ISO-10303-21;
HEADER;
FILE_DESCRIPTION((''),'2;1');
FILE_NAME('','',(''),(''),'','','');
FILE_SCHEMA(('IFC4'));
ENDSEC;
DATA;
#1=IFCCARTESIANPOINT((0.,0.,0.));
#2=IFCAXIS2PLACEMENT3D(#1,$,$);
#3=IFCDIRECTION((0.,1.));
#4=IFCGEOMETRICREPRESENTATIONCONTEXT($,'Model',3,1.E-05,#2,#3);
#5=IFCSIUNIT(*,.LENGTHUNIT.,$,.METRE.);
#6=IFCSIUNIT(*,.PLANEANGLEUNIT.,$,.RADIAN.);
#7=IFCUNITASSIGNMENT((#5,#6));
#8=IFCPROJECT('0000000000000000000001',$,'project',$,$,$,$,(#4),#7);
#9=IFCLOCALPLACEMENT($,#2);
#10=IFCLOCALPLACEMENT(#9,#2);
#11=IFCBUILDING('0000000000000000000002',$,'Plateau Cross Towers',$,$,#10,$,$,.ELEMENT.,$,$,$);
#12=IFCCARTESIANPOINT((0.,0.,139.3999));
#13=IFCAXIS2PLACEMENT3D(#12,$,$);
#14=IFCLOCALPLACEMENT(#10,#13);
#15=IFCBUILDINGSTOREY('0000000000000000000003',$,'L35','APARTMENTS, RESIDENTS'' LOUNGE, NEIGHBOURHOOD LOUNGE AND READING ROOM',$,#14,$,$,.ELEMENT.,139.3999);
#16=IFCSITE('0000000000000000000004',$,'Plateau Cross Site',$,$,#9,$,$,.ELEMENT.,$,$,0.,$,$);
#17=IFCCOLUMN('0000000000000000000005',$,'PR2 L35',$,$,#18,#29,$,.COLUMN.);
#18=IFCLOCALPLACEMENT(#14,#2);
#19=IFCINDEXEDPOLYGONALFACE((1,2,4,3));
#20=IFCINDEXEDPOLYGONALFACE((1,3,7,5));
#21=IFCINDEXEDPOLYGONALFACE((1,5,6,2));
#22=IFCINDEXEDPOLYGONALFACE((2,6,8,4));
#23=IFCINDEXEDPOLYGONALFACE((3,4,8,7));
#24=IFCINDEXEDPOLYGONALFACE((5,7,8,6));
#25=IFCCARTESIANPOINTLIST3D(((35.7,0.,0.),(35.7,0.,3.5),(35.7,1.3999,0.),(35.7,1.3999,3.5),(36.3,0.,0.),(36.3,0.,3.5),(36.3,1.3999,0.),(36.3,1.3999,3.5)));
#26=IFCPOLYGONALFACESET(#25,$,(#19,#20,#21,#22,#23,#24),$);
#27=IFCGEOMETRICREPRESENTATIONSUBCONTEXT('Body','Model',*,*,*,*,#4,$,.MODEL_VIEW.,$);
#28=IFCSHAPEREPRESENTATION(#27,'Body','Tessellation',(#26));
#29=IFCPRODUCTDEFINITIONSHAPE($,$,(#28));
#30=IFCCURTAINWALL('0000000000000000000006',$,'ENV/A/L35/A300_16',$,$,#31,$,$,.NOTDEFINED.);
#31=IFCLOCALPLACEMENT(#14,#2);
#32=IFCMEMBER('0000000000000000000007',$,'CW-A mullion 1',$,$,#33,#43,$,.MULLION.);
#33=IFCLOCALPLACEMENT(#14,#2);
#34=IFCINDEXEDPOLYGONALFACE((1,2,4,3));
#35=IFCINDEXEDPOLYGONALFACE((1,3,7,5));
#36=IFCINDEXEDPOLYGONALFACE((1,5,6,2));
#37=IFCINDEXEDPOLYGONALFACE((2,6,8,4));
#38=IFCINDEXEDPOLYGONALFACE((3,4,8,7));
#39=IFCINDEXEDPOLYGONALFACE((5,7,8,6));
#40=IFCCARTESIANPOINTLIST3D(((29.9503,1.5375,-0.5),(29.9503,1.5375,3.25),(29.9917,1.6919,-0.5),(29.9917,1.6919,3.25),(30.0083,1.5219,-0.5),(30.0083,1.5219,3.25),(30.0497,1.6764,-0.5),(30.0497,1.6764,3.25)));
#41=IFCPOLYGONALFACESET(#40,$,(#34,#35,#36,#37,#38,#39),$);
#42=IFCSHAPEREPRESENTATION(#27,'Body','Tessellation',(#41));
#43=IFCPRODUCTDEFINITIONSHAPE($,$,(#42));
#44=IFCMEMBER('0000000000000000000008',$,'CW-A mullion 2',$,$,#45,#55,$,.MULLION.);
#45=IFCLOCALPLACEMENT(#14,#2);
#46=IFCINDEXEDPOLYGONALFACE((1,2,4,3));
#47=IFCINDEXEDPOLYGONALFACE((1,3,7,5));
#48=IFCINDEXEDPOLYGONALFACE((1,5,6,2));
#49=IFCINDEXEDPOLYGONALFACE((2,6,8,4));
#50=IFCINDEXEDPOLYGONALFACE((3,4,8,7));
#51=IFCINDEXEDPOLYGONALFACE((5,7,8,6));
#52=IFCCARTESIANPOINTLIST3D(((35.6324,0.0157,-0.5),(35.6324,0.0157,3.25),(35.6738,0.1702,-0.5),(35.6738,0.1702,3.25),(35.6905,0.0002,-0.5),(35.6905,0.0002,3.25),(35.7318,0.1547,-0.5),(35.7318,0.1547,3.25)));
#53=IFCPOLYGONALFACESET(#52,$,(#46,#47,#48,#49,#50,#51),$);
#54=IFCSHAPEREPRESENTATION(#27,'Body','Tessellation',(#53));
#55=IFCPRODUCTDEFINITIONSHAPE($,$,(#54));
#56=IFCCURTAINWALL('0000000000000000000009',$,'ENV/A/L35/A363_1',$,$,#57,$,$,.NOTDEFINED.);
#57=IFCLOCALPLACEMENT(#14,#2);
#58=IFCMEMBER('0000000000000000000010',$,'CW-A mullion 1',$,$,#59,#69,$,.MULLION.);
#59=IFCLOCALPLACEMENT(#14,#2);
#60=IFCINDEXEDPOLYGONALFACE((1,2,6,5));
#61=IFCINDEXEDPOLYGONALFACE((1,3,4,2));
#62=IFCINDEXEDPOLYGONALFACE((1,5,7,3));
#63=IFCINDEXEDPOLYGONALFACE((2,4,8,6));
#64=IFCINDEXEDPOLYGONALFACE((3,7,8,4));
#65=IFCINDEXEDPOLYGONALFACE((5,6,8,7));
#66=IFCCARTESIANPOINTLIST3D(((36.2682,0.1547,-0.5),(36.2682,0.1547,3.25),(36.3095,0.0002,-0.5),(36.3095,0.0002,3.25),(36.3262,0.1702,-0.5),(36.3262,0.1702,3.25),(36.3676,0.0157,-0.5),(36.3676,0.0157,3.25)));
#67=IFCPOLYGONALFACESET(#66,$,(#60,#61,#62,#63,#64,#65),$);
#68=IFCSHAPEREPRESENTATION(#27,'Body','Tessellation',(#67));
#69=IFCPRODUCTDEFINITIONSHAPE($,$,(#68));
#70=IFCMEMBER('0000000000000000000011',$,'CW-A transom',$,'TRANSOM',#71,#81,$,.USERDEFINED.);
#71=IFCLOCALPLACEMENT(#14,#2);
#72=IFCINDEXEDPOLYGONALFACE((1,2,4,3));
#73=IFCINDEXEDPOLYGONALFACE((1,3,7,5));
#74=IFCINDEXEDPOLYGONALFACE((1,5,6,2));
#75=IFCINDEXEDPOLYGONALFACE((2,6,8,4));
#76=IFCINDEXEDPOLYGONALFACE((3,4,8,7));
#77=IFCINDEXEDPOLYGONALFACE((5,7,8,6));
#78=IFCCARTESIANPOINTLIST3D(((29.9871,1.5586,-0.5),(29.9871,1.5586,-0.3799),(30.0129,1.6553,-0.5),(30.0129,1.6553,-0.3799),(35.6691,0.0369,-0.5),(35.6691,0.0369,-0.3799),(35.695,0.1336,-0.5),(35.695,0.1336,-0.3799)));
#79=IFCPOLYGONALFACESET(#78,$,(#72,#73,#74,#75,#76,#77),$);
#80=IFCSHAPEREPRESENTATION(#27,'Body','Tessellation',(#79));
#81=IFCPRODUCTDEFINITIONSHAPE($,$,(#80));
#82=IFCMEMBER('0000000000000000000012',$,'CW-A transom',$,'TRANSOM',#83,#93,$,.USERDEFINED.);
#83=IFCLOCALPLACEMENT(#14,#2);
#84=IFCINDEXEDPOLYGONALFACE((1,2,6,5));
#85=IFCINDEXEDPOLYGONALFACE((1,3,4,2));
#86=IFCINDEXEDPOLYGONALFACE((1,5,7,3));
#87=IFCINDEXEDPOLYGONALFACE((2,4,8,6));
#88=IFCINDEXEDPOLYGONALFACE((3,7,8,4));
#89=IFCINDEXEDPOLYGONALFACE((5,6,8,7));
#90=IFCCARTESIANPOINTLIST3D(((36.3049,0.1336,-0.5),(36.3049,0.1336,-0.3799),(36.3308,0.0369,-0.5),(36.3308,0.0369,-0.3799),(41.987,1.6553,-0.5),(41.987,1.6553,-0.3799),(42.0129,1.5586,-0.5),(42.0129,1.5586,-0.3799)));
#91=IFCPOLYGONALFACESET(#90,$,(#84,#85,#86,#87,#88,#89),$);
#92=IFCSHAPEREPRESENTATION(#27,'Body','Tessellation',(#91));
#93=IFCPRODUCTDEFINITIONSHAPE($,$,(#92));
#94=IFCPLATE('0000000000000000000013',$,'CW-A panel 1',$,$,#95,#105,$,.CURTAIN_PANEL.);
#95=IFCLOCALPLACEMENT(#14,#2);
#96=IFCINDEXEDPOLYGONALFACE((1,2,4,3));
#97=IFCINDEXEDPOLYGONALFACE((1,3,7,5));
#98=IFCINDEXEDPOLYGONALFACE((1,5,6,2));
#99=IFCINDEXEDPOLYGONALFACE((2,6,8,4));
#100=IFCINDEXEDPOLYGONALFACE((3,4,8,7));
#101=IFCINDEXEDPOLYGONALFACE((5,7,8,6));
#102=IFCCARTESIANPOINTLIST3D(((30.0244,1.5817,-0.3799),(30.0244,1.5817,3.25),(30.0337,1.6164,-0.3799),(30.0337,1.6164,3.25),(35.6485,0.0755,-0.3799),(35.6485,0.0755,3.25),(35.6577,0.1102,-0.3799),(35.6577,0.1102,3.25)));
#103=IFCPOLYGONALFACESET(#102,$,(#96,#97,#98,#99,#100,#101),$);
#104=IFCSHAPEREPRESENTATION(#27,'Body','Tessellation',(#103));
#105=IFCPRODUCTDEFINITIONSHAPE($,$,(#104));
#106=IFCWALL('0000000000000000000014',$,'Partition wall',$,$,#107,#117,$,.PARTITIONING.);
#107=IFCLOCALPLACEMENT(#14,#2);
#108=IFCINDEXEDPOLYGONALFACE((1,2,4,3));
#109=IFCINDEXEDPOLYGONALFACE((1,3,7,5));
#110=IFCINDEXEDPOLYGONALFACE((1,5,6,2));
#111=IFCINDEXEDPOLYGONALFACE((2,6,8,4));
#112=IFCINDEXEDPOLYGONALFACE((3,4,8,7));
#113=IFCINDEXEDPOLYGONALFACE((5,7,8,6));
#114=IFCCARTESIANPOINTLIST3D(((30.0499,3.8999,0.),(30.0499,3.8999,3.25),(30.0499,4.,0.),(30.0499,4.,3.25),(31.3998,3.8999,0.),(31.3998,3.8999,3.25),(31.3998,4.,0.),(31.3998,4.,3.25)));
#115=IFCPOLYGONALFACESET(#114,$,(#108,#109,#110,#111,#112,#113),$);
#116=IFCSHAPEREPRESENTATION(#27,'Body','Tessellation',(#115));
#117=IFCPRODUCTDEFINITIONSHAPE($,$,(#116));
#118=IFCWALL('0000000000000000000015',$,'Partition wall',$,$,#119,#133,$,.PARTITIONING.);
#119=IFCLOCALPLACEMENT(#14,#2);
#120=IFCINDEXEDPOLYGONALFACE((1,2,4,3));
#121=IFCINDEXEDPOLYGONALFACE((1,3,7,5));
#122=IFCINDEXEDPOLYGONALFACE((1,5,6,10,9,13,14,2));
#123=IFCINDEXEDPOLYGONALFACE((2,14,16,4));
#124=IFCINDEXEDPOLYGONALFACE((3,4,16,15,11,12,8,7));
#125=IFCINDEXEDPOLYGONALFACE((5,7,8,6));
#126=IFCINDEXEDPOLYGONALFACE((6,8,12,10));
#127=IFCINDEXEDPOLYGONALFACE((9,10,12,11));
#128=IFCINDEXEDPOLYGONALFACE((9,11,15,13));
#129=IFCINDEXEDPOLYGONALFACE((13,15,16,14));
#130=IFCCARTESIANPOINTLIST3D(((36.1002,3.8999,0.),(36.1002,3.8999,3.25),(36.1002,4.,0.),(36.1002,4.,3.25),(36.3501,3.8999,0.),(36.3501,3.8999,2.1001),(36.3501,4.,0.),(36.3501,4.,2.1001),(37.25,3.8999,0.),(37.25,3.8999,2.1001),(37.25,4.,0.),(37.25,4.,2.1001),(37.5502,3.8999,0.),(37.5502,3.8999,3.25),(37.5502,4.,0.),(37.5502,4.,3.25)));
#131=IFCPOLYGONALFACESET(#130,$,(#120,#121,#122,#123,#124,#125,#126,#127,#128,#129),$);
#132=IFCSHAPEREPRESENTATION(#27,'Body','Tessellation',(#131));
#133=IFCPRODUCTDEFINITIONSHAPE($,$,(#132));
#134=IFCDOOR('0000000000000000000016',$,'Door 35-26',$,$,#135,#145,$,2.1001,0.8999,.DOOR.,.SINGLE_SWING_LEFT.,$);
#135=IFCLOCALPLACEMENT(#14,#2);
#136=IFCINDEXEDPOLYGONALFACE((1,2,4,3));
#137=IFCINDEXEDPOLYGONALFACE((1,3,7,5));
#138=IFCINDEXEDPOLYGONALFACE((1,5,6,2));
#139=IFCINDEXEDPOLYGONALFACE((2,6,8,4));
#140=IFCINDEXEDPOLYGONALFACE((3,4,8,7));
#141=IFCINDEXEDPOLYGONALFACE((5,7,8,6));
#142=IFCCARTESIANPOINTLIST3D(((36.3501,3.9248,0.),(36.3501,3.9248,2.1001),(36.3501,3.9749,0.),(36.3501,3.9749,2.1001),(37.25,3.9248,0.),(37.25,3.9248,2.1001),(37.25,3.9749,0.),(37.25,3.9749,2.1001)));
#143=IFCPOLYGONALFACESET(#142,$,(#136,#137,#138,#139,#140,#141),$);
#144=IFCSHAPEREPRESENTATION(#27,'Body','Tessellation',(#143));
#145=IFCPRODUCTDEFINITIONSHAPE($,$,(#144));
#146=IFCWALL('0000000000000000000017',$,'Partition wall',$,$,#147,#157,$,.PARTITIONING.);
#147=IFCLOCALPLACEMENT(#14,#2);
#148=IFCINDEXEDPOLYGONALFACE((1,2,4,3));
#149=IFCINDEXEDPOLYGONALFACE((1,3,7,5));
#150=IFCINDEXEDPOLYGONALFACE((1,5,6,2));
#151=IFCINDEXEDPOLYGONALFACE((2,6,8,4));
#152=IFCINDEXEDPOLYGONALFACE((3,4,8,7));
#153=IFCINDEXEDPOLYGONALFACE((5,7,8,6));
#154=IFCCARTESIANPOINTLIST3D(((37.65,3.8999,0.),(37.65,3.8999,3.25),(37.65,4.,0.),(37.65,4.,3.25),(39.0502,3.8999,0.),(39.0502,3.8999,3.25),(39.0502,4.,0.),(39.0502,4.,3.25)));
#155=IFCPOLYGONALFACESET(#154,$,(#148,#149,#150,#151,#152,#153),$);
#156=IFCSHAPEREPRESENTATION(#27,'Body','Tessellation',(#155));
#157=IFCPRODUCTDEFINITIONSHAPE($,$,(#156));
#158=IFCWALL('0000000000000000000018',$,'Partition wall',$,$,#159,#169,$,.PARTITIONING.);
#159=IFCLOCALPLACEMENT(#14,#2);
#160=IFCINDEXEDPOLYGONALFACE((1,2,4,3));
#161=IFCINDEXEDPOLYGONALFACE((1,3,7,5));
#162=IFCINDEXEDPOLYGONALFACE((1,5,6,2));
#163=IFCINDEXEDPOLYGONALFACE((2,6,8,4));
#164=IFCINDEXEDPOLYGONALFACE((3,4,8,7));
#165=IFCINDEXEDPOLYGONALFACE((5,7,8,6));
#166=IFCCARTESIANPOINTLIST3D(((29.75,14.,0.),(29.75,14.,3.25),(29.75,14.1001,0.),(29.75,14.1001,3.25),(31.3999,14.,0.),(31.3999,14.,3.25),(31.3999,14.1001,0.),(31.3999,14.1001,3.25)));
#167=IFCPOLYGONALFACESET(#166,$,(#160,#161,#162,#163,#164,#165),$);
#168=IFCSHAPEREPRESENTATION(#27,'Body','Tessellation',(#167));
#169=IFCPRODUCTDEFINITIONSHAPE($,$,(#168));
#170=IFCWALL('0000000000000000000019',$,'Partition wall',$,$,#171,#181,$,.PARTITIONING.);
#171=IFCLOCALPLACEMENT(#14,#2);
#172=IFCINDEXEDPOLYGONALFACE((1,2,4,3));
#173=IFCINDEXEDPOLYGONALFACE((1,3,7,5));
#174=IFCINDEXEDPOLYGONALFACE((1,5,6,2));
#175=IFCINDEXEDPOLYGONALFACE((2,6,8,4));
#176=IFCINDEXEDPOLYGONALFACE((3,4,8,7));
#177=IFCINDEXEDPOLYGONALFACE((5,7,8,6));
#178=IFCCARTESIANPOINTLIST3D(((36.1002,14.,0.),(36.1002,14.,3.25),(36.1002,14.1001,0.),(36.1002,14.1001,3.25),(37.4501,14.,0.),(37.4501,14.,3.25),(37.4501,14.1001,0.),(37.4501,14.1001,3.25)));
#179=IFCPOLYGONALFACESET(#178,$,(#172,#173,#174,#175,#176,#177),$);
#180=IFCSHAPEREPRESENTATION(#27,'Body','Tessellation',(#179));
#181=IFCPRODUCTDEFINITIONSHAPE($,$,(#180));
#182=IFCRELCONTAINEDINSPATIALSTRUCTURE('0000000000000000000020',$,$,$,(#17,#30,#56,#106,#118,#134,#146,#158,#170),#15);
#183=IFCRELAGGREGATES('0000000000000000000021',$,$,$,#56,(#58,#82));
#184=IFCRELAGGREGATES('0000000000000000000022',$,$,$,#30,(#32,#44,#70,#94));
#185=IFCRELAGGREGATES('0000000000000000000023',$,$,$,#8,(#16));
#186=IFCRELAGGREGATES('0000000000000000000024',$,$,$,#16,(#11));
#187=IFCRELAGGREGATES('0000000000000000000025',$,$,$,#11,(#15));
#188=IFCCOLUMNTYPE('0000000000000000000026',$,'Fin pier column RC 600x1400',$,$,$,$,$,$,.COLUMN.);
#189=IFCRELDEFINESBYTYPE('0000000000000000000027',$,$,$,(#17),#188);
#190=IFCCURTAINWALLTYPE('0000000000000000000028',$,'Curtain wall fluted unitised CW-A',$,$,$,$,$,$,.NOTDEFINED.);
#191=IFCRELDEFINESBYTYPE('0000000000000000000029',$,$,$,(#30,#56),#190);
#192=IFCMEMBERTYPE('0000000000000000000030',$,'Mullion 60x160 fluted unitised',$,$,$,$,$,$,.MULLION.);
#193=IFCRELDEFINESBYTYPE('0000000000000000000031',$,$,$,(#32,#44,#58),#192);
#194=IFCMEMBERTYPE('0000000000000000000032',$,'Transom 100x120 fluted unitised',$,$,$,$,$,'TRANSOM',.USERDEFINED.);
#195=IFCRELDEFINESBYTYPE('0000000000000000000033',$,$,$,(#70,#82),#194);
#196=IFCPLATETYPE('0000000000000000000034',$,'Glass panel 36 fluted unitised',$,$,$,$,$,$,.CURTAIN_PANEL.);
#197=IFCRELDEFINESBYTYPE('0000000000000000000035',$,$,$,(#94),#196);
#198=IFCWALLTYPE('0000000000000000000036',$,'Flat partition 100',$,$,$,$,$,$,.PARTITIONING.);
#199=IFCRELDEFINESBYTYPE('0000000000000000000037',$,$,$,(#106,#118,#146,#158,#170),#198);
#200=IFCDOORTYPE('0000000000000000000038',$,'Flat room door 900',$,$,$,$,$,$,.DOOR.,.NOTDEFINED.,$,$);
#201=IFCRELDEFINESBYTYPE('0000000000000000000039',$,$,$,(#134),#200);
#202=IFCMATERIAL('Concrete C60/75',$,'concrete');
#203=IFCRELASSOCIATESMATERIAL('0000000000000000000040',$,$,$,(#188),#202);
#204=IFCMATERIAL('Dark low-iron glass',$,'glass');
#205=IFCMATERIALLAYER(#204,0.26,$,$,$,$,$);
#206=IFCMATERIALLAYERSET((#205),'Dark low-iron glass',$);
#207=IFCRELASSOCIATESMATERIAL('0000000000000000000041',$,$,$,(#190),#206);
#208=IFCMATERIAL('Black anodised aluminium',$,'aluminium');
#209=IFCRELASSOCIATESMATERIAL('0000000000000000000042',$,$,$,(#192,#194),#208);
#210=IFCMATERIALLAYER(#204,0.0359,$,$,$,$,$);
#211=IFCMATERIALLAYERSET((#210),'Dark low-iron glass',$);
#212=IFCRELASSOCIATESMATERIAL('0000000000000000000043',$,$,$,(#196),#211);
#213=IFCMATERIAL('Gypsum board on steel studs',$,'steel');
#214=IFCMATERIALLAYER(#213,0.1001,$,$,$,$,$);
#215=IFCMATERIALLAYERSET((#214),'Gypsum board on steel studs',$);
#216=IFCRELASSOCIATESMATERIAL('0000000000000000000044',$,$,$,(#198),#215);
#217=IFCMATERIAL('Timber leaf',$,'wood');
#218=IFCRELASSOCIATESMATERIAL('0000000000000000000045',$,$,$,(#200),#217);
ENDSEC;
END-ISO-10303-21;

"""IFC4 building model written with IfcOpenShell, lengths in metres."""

from ifc_helpers import new_model, si_unit, direction, frame, frame_2d, origin, origin_2d, place, context, subcontext, project, spatial, rectangle, extrude, material, layer, layer_set, material_profile, profile_set, type_object, element, fill, aggregate, save


model = new_model("IFC4")

# Units and contexts
model_context = context("Model", 3, precision=1e-05, world=origin(), true_north=direction((0.0, 1.0)))
body_context = subcontext(model_context, "Body", "Model", "MODEL_VIEW")
ifc_project = project(units=[si_unit("LENGTHUNIT", "METRE"), si_unit("PLANEANGLEUNIT", "RADIAN")], contexts=[model_context])

# Site, building, storey
site_placement = place(None, origin())
site = spatial("IfcSite", under=ifc_project, at=site_placement, Name="Plateau Cross Site", CompositionType="ELEMENT", RefElevation=0.0)
building_placement = place(site_placement, origin())
building = spatial("IfcBuilding", under=site, at=building_placement, Name="Plateau Cross Towers", CompositionType="ELEMENT")
storey_placement = place(building_placement, frame((0.0, 0.0, 139.3999)))
storey = spatial("IfcBuildingStorey", under=building, at=storey_placement, Name="L35", Description="APARTMENTS, RESIDENTS' LOUNGE, NEIGHBOURHOOD LOUNGE AND READING ROOM", CompositionType="ELEMENT", Elevation=139.3999)

# Column
ifc_material_1 = material(Name="Concrete C60/75", Category="concrete")
ifc_material_profile_1 = material_profile(ifc_material_1, rectangle(XDim=0.6001, YDim=1.3999, at=origin_2d()), Name="RC 600x1400")
ifc_profile_set_1 = profile_set([ifc_material_profile_1], Name="Concrete C60/75")
column_type = type_object("IfcColumnType", Name="Fin pier column RC 600x1400", PredefinedType="COLUMN", material=ifc_profile_set_1)
column_placement = place(storey_placement, frame((36.0, 0.7, 0.0), z_axis=(0.0, 0.0, 1.0), x_axis=(1.0, 0.0, 0.0)))
element("IfcColumn", 1, at=column_placement, inside=storey, type_object=column_type, Name="PR2 L35", PredefinedType="COLUMN", context=body_context, shape_type="SweptSolid", body=[
    extrude(rectangle(XDim=0.6001, YDim=1.3999, at=origin_2d()), origin(), (0.0, 0.0, 1.0), 3.5),
])

# Curtain wall, members
ifc_material_2 = material(Name="Dark low-iron glass", Category="glass")
ifc_layer_1 = layer(ifc_material_2, 0.26)
ifc_layer_set_1 = layer_set([ifc_layer_1], Name="Dark low-iron glass")
curtain_wall_type = type_object("IfcCurtainWallType", Name="Curtain wall fluted unitised CW-A", PredefinedType="NOTDEFINED", material=ifc_layer_set_1)
curtain_wall_1_placement = place(storey_placement, origin())
curtain_wall_1 = element("IfcCurtainWall", 2, at=curtain_wall_1_placement, inside=storey, type_object=curtain_wall_type, Name="ENV/A/L35/A300_16", PredefinedType="NOTDEFINED")
ifc_material_3 = material(Name="Black anodised aluminium", Category="aluminium")
ifc_material_profile_2 = material_profile(ifc_material_3, rectangle(XDim=0.0601, YDim=0.1599, at=origin_2d()), Name="MULLION 60x160")
ifc_profile_set_2 = profile_set([ifc_material_profile_2], Name="Black anodised aluminium")
member_type_1 = type_object("IfcMemberType", Name="Mullion 60x160 fluted unitised", PredefinedType="MULLION", material=ifc_profile_set_2)
member_1_placement = place(storey_placement, frame((30.0, 1.6069, -0.5), z_axis=(0.0, 0.0, 1.0), x_axis=(0.965958, -0.258699, 0.0)))
member_1 = element("IfcMember", 3, at=member_1_placement, type_object=member_type_1, Name="CW-A mullion 1", PredefinedType="MULLION", context=body_context, shape_type="SweptSolid", body=[
    extrude(rectangle(XDim=0.0601, YDim=0.1599, at=origin_2d()), origin(), (0.0, 0.0, 1.0), 3.75),
])
member_2_placement = place(storey_placement, frame((35.6821, 0.0852, -0.5), z_axis=(0.0, 0.0, 1.0), x_axis=(0.965958, -0.258699, 0.0)))
member_2 = element("IfcMember", 4, at=member_2_placement, type_object=member_type_1, Name="CW-A mullion 2", PredefinedType="MULLION", context=body_context, shape_type="SweptSolid", body=[
    extrude(rectangle(XDim=0.0601, YDim=0.1599, at=origin_2d()), origin(), (0.0, 0.0, 1.0), 3.75),
])

# Curtain wall, member
curtain_wall_2_placement = place(storey_placement, origin())
curtain_wall_2 = element("IfcCurtainWall", 5, at=curtain_wall_2_placement, inside=storey, type_object=curtain_wall_type, Name="ENV/A/L35/A363_1", PredefinedType="NOTDEFINED")
member_3_placement = place(storey_placement, frame((36.3179, 0.0852, -0.5), z_axis=(0.0, 0.0, 1.0), x_axis=(0.965958, 0.258699, 0.0)))
member_3 = element("IfcMember", 6, at=member_3_placement, type_object=member_type_1, Name="CW-A mullion 1", PredefinedType="MULLION", context=body_context, shape_type="SweptSolid", body=[
    extrude(rectangle(XDim=0.0601, YDim=0.1599, at=origin_2d()), origin(), (0.0, 0.0, 1.0), 3.75),
])

# Members
ifc_material_profile_3 = material_profile(ifc_material_3, rectangle(XDim=0.1001, YDim=0.1201, at=origin_2d()), Name="TRANSOM 100x120")
ifc_profile_set_3 = profile_set([ifc_material_profile_3], Name="Black anodised aluminium")
member_type_2 = type_object("IfcMemberType", Name="Transom 100x120 fluted unitised", ElementType="TRANSOM", PredefinedType="USERDEFINED", material=ifc_profile_set_3)
member_4_placement = place(storey_placement, frame((30.0, 1.6069, -0.4399), z_axis=(0.96596, -0.258693, 0.0), x_axis=(0.258693, 0.96596, 0.0)))
member_4 = element("IfcMember", 7, at=member_4_placement, type_object=member_type_2, Name="CW-A transom", ObjectType="TRANSOM", PredefinedType="USERDEFINED", context=body_context, shape_type="SweptSolid", body=[
    extrude(rectangle(XDim=0.1001, YDim=0.1201, at=origin_2d()), origin(), (0.0, 0.0, 1.0), 5.8823),
])
member_5_placement = place(storey_placement, frame((36.3179, 0.0852, -0.4399), z_axis=(0.96596, 0.258693, 0.0), x_axis=(-0.258693, 0.96596, 0.0)))
member_5 = element("IfcMember", 8, at=member_5_placement, type_object=member_type_2, Name="CW-A transom", ObjectType="TRANSOM", PredefinedType="USERDEFINED", context=body_context, shape_type="SweptSolid", body=[
    extrude(rectangle(XDim=0.1001, YDim=0.1201, at=origin_2d()), origin(), (0.0, 0.0, 1.0), 5.8823),
])
aggregate(curtain_wall_2, [member_3, member_5])

# Plate
ifc_layer_2 = layer(ifc_material_2, 0.0359)
ifc_layer_set_2 = layer_set([ifc_layer_2], Name="Dark low-iron glass")
plate_type = type_object("IfcPlateType", Name="Glass panel 36 fluted unitised", PredefinedType="CURTAIN_PANEL", material=ifc_layer_set_2)
plate_placement = place(storey_placement, frame((32.8411, 0.8459, -0.3799), z_axis=(0.0, 0.0, 1.0), x_axis=(0.965958, -0.258699, 0.0)))
plate = element("IfcPlate", 9, at=plate_placement, type_object=plate_type, Name="CW-A panel 1", PredefinedType="CURTAIN_PANEL", context=body_context, shape_type="SweptSolid", body=[
    extrude(rectangle(XDim=5.8223, YDim=0.0359, at=origin_2d()), origin(), (0.0, 0.0, 1.0), 3.6299),
])
aggregate(curtain_wall_1, [member_1, member_2, member_4, plate])

# Wall
ifc_material_4 = material(Name="Gypsum board on steel studs", Category="steel")
ifc_layer_3 = layer(ifc_material_4, 0.1001)
ifc_layer_set_3 = layer_set([ifc_layer_3], Name="Gypsum board on steel studs")
wall_type_1 = type_object("IfcWallType", Name="Flat partition 100", PredefinedType="PARTITIONING", material=ifc_layer_set_3)
wall_1_placement = place(storey_placement, frame((30.05, 3.95, 0.0), z_axis=(0.0, 0.0, 1.0), x_axis=(1.0, 0.0, 0.0)))
element("IfcWall", 10, at=wall_1_placement, inside=storey, type_object=wall_type_1, Name="Partition wall", PredefinedType="PARTITIONING", context=body_context, shape_type="SweptSolid", body=[
    extrude(rectangle(XDim=1.3499, YDim=0.1001, at=frame_2d((0.6748, 0.0))), origin(), (0.0, 0.0, 1.0), 3.25),
])

# Wall, opening, door
wall_2_placement = place(storey_placement, frame((36.1001, 3.95, 0.0), z_axis=(0.0, 0.0, 1.0), x_axis=(1.0, 0.0, 0.0)))
wall_2 = element("IfcWall", 11, at=wall_2_placement, inside=storey, type_object=wall_type_1, Name="Partition wall", PredefinedType="PARTITIONING", context=body_context, shape_type="SweptSolid", body=[
    extrude(rectangle(XDim=1.45, YDim=0.1001, at=frame_2d((0.7251, 0.0))), origin(), (0.0, 0.0, 1.0), 3.25),
])
opening_1_placement = place(wall_2_placement, frame((0.25, 0.0, 0.0)))
opening_1 = element("IfcOpeningElement", 12, at=opening_1_placement, cuts=wall_2, PredefinedType="OPENING", context=body_context, shape_type="SweptSolid", body=[
    extrude(rectangle(XDim=0.8999, YDim=2.1001, at=frame_2d((0.45, 1.05))), frame((0.0, 0.0601, 0.0), z_axis=(0.0, -1.0, 0.0), x_axis=(1.0, 0.0, 0.0)), (0.0, 0.0, 1.0), 0.1201),
])
ifc_material_5 = material(Name="Timber leaf", Category="wood")
door_type_1 = type_object("IfcDoorType", Name="Flat room door 900", OperationType="NOTDEFINED", PredefinedType="DOOR", material=ifc_material_5)
door_1_placement = place(opening_1_placement, origin())
door_1 = element("IfcDoor", 13, at=door_1_placement, inside=storey, type_object=door_type_1, Name="Door 35-26", OperationType="SINGLE_SWING_LEFT", OverallHeight=2.1001, OverallWidth=0.8999, PredefinedType="DOOR", context=body_context, shape_type="SweptSolid", body=[
    extrude(rectangle(XDim=0.8999, YDim=2.1001, at=frame_2d((0.45, 1.05))), frame((0.0, 0.0249, 0.0), z_axis=(0.0, -1.0, 0.0), x_axis=(1.0, 0.0, 0.0)), (0.0, 0.0, 1.0), 0.05),
])
fill(opening_1, door_1)

# Walls
wall_3_placement = place(storey_placement, frame((37.6499, 3.95, 0.0), z_axis=(0.0, 0.0, 1.0), x_axis=(1.0, 0.0, 0.0)))
element("IfcWall", 14, at=wall_3_placement, inside=storey, type_object=wall_type_1, Name="Partition wall", PredefinedType="PARTITIONING", context=body_context, shape_type="SweptSolid", body=[
    extrude(rectangle(XDim=1.4001, YDim=0.1001, at=frame_2d((0.7002, 0.0))), origin(), (0.0, 0.0, 1.0), 3.25),
])
wall_4_placement = place(storey_placement, frame((31.3999, 14.05, 0.0), z_axis=(0.0, 0.0, 1.0), x_axis=(-1.0, 0.0, 0.0)))
element("IfcWall", 15, at=wall_4_placement, inside=storey, type_object=wall_type_1, Name="Partition wall", PredefinedType="PARTITIONING", context=body_context, shape_type="SweptSolid", body=[
    extrude(rectangle(XDim=1.6499, YDim=0.1001, at=frame_2d((0.825, 0.0))), origin(), (0.0, 0.0, 1.0), 3.25),
])
wall_5_placement = place(storey_placement, frame((37.45, 14.05, 0.0), z_axis=(0.0, 0.0, 1.0), x_axis=(-1.0, 0.0, 0.0)))
element("IfcWall", 16, at=wall_5_placement, inside=storey, type_object=wall_type_1, Name="Partition wall", PredefinedType="PARTITIONING", context=body_context, shape_type="SweptSolid", body=[
    extrude(rectangle(XDim=1.3499, YDim=0.1001, at=frame_2d((0.6748, 0.0))), origin(), (0.0, 0.0, 1.0), 3.25),
])

save(model, "model.ifc")
